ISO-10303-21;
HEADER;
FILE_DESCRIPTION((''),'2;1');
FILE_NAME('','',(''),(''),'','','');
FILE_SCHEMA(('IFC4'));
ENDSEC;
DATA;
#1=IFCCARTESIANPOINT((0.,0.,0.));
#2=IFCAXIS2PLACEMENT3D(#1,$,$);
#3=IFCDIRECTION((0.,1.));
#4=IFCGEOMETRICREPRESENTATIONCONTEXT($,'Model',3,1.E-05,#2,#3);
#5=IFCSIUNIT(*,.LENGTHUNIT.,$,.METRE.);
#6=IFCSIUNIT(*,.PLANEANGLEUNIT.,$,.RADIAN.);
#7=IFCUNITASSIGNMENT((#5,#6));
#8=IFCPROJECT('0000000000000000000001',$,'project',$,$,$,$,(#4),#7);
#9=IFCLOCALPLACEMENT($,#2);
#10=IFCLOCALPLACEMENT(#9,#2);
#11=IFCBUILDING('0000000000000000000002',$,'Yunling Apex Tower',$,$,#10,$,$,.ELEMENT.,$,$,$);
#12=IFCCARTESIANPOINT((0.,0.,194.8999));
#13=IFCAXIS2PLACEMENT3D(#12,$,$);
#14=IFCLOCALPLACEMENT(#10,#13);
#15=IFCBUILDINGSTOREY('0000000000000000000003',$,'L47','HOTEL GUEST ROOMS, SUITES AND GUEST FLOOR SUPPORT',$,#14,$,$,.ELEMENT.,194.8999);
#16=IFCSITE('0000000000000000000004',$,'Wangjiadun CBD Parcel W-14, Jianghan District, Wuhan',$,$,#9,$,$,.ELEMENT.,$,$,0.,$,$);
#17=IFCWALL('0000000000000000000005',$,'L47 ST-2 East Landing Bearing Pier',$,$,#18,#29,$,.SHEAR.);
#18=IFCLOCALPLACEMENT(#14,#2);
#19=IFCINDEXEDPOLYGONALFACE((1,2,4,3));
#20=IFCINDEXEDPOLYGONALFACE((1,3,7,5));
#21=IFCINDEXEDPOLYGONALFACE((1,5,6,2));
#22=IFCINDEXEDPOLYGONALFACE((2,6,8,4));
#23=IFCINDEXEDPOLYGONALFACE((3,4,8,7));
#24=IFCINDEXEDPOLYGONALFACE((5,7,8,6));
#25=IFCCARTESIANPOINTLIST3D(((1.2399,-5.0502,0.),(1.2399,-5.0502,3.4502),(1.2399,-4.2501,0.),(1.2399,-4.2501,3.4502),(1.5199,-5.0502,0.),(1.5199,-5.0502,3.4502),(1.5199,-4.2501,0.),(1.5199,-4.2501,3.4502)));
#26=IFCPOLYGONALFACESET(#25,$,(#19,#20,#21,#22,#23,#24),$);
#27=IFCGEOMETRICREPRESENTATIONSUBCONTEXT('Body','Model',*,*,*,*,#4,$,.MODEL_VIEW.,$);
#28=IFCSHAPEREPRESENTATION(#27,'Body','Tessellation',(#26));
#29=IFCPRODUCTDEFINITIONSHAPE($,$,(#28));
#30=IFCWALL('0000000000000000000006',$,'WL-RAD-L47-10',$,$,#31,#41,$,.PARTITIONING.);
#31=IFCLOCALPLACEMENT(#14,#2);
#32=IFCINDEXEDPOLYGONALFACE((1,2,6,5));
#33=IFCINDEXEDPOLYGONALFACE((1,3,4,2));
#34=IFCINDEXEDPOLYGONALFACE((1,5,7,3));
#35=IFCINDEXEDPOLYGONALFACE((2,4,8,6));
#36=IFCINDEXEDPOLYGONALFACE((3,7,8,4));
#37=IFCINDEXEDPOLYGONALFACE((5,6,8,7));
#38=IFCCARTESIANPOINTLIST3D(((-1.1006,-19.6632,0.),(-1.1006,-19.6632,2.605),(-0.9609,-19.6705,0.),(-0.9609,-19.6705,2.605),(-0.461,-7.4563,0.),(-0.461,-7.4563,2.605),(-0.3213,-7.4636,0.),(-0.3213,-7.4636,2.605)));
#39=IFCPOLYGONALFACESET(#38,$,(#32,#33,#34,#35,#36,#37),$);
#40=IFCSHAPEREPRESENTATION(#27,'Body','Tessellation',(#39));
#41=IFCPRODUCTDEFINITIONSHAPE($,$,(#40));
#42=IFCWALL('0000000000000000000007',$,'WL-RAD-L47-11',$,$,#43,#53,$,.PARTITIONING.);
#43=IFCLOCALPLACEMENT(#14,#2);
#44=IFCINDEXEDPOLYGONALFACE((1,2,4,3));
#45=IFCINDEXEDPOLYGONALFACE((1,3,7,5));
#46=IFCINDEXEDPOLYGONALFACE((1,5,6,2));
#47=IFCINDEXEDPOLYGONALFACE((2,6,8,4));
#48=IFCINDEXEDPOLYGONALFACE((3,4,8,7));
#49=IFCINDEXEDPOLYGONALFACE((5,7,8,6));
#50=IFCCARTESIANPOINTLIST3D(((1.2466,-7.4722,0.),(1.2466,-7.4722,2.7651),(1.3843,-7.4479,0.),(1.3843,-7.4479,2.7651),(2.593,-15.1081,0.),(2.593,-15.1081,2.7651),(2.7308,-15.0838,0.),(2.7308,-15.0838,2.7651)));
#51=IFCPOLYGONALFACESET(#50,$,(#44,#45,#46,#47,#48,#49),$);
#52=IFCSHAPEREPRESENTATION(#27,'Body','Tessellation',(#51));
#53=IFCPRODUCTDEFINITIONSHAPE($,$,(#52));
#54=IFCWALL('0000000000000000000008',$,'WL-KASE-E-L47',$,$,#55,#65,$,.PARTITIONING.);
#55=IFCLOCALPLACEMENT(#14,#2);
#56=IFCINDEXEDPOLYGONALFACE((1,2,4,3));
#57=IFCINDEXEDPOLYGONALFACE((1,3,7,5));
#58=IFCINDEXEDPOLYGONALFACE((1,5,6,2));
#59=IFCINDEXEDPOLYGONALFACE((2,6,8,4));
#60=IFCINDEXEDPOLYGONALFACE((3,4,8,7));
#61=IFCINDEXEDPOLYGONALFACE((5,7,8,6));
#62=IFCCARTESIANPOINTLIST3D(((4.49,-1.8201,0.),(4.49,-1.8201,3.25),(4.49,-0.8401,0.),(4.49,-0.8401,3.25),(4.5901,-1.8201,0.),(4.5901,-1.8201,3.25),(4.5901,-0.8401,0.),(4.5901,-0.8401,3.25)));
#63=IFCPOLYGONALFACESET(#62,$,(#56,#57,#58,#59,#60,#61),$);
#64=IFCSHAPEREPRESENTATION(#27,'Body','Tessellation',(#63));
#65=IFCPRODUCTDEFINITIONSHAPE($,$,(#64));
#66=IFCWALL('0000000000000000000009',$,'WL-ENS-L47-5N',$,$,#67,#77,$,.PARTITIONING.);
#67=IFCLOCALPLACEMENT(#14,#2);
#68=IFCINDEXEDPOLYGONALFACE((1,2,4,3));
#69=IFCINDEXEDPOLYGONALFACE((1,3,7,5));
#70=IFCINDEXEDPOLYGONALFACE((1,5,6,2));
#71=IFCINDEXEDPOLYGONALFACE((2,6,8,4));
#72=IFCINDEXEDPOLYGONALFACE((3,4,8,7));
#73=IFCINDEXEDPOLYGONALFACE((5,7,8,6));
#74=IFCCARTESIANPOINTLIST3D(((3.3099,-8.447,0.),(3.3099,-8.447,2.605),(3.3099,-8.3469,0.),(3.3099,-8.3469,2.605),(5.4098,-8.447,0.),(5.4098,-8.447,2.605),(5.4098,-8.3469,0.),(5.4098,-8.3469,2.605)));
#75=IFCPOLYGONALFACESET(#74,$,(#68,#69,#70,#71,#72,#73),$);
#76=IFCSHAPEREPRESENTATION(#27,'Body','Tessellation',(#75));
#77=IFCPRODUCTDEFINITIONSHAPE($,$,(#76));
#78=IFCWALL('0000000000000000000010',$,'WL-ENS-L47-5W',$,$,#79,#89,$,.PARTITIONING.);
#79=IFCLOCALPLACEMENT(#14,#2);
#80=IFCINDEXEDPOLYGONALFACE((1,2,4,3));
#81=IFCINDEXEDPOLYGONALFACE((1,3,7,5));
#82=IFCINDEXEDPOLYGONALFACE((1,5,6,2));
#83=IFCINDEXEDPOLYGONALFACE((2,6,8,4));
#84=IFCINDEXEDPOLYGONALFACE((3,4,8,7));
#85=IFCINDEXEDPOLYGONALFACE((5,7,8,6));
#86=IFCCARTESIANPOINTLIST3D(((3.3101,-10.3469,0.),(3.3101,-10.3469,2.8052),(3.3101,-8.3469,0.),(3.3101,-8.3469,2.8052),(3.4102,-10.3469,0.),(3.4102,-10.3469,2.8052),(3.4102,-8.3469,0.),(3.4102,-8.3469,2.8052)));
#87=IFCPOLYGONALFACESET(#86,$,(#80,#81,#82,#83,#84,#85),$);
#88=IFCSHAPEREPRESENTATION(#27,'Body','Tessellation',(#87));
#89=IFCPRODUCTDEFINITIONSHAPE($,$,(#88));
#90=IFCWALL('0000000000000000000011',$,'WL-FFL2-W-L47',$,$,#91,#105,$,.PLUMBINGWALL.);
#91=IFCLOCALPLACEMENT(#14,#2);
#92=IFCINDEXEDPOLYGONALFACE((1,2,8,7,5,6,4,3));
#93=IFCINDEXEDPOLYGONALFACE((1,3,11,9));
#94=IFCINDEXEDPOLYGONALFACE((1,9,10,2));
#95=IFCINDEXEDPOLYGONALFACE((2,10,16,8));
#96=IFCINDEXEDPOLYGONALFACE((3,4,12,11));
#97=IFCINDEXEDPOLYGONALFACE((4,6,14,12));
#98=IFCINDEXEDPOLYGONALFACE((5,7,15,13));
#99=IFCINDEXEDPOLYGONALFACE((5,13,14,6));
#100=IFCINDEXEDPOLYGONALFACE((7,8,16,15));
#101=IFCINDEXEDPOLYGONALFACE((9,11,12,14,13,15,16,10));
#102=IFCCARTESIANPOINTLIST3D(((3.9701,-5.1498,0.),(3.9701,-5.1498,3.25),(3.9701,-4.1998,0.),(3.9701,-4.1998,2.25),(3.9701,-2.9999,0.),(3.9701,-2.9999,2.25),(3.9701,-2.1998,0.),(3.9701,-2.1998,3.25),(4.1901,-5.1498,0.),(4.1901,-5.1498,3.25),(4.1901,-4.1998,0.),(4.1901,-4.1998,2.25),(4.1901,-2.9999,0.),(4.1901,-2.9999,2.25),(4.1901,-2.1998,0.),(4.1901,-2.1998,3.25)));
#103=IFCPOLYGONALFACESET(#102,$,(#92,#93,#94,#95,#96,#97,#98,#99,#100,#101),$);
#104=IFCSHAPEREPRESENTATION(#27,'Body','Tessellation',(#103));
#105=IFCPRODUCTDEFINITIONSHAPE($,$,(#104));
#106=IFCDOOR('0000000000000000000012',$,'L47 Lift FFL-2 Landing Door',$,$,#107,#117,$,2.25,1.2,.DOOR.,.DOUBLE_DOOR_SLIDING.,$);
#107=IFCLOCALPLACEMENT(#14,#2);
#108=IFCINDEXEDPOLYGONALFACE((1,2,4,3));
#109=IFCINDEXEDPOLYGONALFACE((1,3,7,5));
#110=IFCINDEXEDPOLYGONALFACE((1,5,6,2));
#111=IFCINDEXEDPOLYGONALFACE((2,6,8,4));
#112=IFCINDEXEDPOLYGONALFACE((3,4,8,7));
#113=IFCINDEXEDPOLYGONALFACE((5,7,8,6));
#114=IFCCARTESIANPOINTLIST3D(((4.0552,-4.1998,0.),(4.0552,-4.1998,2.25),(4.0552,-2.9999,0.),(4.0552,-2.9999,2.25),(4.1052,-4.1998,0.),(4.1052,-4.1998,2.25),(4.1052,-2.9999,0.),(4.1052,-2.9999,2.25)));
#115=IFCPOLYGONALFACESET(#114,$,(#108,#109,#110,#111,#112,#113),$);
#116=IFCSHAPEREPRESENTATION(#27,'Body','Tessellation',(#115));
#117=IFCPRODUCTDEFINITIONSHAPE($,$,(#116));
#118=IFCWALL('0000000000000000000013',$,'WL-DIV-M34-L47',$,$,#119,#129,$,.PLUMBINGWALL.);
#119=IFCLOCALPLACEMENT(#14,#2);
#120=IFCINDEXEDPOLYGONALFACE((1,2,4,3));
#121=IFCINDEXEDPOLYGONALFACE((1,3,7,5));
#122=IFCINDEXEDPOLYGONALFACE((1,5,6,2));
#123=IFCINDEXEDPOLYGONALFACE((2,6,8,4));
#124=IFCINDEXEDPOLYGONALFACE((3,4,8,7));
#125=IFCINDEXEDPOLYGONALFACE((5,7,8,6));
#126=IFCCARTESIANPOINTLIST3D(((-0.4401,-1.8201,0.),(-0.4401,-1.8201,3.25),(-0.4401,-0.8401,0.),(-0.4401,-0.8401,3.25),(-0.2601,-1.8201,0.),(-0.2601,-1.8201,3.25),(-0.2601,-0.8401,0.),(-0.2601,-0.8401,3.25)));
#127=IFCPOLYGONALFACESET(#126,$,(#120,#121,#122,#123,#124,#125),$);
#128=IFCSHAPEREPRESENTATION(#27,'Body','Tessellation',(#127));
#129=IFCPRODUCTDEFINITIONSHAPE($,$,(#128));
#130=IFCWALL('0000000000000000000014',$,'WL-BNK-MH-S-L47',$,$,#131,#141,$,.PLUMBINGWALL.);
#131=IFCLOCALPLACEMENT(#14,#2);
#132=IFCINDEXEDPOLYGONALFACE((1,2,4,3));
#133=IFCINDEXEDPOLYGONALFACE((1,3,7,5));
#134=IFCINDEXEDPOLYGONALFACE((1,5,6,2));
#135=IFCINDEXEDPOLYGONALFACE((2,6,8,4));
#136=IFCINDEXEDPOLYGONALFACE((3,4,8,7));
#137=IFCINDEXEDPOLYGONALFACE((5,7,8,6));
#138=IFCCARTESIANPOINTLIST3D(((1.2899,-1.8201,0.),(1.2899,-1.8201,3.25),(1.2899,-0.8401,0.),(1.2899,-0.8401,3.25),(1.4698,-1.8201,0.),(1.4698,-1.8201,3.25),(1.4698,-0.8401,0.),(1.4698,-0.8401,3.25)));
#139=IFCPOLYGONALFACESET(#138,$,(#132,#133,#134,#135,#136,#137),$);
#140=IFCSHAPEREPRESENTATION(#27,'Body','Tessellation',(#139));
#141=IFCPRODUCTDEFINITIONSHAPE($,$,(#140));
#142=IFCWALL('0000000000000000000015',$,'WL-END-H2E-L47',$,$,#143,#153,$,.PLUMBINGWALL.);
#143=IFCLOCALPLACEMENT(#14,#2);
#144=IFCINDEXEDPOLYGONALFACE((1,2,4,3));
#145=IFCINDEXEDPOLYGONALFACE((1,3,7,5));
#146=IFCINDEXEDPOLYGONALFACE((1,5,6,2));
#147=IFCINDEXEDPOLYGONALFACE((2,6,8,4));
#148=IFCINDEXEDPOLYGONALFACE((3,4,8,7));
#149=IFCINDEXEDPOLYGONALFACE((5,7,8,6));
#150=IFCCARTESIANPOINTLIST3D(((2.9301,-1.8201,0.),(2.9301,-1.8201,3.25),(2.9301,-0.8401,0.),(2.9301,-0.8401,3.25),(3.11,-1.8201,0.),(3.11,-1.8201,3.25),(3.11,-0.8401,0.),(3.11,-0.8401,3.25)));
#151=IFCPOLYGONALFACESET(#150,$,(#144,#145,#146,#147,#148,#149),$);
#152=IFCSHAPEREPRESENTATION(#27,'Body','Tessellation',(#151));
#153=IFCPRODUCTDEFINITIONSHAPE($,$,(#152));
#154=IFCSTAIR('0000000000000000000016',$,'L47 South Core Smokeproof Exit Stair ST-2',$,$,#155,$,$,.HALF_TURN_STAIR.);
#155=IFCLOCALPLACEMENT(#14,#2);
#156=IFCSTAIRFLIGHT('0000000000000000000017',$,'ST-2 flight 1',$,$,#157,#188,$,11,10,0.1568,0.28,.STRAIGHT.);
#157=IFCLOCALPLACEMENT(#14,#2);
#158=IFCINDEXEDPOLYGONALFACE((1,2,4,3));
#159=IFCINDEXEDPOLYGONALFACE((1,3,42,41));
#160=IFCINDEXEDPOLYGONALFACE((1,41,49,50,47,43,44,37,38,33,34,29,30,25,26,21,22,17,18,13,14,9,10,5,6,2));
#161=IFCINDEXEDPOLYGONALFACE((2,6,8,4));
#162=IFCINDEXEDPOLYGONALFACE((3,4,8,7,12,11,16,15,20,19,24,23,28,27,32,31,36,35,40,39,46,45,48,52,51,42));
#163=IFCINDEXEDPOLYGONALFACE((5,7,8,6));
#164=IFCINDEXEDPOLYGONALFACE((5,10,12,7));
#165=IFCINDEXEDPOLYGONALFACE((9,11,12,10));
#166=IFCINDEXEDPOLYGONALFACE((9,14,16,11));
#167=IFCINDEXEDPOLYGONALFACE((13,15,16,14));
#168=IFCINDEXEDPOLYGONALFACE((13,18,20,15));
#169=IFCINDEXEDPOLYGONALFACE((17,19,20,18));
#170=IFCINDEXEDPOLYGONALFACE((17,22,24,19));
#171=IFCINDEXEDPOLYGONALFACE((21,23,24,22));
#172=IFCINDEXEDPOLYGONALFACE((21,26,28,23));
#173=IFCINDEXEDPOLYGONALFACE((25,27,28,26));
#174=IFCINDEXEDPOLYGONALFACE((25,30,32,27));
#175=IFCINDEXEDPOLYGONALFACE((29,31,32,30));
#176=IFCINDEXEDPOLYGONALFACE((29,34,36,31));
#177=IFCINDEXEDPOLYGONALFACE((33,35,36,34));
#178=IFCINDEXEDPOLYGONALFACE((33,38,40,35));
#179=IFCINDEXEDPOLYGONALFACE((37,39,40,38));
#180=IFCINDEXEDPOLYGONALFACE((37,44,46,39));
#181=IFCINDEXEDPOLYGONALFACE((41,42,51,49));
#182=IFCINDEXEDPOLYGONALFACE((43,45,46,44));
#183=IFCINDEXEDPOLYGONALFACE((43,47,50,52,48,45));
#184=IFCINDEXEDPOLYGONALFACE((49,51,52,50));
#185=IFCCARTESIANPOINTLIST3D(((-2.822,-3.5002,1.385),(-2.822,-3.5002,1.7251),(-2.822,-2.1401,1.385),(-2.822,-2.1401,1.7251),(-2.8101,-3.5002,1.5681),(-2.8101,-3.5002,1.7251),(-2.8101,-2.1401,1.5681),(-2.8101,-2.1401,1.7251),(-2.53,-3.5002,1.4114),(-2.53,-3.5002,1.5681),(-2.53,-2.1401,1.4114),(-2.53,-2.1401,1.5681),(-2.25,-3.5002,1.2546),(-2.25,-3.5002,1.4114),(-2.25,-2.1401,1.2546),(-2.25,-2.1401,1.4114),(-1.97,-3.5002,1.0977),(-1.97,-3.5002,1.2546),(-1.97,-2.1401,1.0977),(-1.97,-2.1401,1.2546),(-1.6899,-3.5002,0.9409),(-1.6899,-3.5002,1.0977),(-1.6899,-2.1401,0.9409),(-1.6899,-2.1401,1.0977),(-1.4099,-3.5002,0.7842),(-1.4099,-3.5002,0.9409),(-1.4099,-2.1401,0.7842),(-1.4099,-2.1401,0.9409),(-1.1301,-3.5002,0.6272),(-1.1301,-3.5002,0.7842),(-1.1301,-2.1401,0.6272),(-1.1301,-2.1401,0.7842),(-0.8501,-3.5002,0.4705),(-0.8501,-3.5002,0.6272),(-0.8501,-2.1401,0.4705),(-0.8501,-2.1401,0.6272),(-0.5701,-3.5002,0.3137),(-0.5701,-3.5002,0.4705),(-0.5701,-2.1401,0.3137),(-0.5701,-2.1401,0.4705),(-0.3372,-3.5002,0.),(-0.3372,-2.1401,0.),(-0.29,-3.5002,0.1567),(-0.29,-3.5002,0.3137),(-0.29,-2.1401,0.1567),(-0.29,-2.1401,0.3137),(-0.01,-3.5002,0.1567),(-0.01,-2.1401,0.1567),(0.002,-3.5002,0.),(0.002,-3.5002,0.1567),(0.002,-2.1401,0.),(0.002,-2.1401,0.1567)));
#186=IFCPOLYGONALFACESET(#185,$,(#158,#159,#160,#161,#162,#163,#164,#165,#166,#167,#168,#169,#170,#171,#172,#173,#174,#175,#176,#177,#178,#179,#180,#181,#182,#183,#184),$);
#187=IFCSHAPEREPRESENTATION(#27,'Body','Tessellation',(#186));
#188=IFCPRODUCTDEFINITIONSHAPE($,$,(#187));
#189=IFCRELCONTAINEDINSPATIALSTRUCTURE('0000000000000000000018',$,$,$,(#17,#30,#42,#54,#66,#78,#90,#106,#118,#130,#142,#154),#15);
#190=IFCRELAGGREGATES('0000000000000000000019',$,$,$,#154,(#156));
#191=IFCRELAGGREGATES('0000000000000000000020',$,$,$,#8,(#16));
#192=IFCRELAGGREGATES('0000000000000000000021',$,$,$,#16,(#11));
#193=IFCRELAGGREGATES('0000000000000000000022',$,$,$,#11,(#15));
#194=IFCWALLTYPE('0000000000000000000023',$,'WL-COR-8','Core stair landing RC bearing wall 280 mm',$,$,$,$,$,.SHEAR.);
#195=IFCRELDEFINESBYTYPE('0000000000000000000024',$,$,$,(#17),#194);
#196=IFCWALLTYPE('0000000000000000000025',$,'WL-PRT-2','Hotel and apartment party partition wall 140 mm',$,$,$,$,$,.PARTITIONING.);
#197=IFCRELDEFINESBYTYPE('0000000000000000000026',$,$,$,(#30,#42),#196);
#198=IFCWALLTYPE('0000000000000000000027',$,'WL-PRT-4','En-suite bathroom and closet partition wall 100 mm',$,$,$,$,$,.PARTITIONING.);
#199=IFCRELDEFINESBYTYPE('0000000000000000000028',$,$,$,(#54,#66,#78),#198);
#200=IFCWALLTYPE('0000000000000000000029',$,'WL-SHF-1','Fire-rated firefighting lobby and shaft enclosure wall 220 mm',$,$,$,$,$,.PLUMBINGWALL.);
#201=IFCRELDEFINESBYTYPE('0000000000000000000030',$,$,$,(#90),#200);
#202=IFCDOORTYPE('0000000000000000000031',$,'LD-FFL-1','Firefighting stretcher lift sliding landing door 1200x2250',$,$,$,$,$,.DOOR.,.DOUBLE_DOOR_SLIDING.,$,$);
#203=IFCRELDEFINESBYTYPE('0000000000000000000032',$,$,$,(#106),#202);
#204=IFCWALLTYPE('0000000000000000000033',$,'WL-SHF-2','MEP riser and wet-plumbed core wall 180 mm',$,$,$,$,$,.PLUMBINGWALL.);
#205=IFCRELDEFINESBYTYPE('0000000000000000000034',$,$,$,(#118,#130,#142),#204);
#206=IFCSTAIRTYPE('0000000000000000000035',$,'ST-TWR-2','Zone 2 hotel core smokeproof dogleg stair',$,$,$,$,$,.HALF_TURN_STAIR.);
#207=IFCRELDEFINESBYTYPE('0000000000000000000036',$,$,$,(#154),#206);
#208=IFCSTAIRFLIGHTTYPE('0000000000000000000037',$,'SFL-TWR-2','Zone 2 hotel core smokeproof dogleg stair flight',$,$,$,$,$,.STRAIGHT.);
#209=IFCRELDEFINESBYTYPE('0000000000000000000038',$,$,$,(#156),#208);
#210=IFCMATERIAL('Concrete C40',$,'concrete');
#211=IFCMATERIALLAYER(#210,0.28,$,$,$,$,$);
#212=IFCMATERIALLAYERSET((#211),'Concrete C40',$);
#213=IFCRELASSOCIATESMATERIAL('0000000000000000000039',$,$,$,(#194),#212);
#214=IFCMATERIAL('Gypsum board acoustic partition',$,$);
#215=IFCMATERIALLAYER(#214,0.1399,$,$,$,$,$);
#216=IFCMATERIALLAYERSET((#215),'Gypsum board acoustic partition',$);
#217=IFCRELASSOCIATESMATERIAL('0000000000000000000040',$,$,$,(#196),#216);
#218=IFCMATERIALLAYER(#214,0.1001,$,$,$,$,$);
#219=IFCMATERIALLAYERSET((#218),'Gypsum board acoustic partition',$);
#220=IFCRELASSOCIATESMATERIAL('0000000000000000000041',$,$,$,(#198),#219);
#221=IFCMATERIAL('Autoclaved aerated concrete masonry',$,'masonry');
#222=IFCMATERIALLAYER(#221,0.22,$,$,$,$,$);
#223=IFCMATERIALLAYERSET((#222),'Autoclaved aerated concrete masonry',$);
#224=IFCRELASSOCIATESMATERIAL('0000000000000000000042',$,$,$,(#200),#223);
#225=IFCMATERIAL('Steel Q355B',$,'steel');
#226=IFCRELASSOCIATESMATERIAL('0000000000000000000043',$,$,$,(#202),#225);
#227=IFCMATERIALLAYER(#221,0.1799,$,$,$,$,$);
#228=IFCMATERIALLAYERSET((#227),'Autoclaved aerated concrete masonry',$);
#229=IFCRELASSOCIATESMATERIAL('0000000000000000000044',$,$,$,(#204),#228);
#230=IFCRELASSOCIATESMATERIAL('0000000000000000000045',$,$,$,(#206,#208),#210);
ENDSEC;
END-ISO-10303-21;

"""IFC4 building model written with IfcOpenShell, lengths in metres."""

from ifc_helpers import new_model, si_unit, direction, frame, frame_2d, origin, place, context, subcontext, project, spatial, polyline, rectangle, outline, extrude, material, layer, layer_set, type_object, element, fill, aggregate, save


model = new_model("IFC4")

# Units and contexts
model_context = context("Model", 3, precision=1e-05, world=origin(), true_north=direction((0.0, 1.0)))
body_context = subcontext(model_context, "Body", "Model", "MODEL_VIEW")
ifc_project = project(units=[si_unit("LENGTHUNIT", "METRE"), si_unit("PLANEANGLEUNIT", "RADIAN")], contexts=[model_context])

# Site, building, storey
site_placement = place(None, origin())
site = spatial("IfcSite", under=ifc_project, at=site_placement, Name="Wangjiadun CBD Parcel W-14, Jianghan District, Wuhan", CompositionType="ELEMENT", RefElevation=0.0)
building_placement = place(site_placement, origin())
building = spatial("IfcBuilding", under=site, at=building_placement, Name="Yunling Apex Tower", CompositionType="ELEMENT")
storey_placement = place(building_placement, frame((0.0, 0.0, 194.8999)))
storey = spatial("IfcBuildingStorey", under=building, at=storey_placement, Name="L47", Description="HOTEL GUEST ROOMS, SUITES AND GUEST FLOOR SUPPORT", CompositionType="ELEMENT", Elevation=194.8999)

# Walls
ifc_material_1 = material(Name="Concrete C40", Category="concrete")
ifc_layer_1 = layer(ifc_material_1, 0.28)
ifc_layer_set_1 = layer_set([ifc_layer_1], Name="Concrete C40")
wall_type_1 = type_object("IfcWallType", Name="WL-COR-8", Description="Core stair landing RC bearing wall 280 mm", PredefinedType="SHEAR", material=ifc_layer_set_1)
wall_1_placement = place(storey_placement, frame((1.3799, -5.05, 0.0), z_axis=(0.0, 0.0, 1.0), x_axis=(0.0, 1.0, 0.0)))
element("IfcWall", 1, at=wall_1_placement, inside=storey, type_object=wall_type_1, Name="L47 ST-2 East Landing Bearing Pier", PredefinedType="SHEAR", context=body_context, shape_type="SweptSolid", body=[
    extrude(rectangle(XDim=0.8, YDim=0.28, at=frame_2d((0.3999, 0.0))), origin(), (0.0, 0.0, 1.0), 3.4502),
])
ifc_material_2 = material(Name="Gypsum board acoustic partition")
ifc_layer_2 = layer(ifc_material_2, 0.1399)
ifc_layer_set_2 = layer_set([ifc_layer_2], Name="Gypsum board acoustic partition")
wall_type_2 = type_object("IfcWallType", Name="WL-PRT-2", Description="Hotel and apartment party partition wall 140 mm", PredefinedType="PARTITIONING", material=ifc_layer_set_2)
wall_2_placement = place(storey_placement, frame((-0.3911, -7.46, 0.0), z_axis=(0.0, 0.0, 1.0), x_axis=(-0.052329, -0.99863, 0.0)))
element("IfcWall", 2, at=wall_2_placement, inside=storey, type_object=wall_type_2, Name="WL-RAD-L47-10", PredefinedType="PARTITIONING", context=body_context, shape_type="SweptSolid", body=[
    extrude(rectangle(XDim=12.2236, YDim=0.1399, at=frame_2d((6.1118, 0.0))), origin(), (0.0, 0.0, 1.0), 2.605),
])
wall_3_placement = place(storey_placement, frame((1.3154, -7.46, 0.0), z_axis=(0.0, 0.0, 1.0), x_axis=(0.173654, -0.984807, 0.0)))
element("IfcWall", 3, at=wall_3_placement, inside=storey, type_object=wall_type_2, Name="WL-RAD-L47-11", PredefinedType="PARTITIONING", context=body_context, shape_type="SweptSolid", body=[
    extrude(rectangle(XDim=7.7537, YDim=0.1399, at=frame_2d((3.877, 0.0))), origin(), (0.0, 0.0, 1.0), 2.7651),
])
ifc_layer_3 = layer(ifc_material_2, 0.1001)
ifc_layer_set_3 = layer_set([ifc_layer_3], Name="Gypsum board acoustic partition")
wall_type_3 = type_object("IfcWallType", Name="WL-PRT-4", Description="En-suite bathroom and closet partition wall 100 mm", PredefinedType="PARTITIONING", material=ifc_layer_set_3)
wall_4_placement = place(storey_placement, frame((4.54, -1.8201, 0.0), z_axis=(0.0, 0.0, 1.0), x_axis=(0.0, 1.0, 0.0)))
element("IfcWall", 4, at=wall_4_placement, inside=storey, type_object=wall_type_3, Name="WL-KASE-E-L47", PredefinedType="PARTITIONING", context=body_context, shape_type="SweptSolid", body=[
    extrude(rectangle(XDim=0.98, YDim=0.1001, at=frame_2d((0.49, 0.0))), origin(), (0.0, 0.0, 1.0), 3.25),
])
wall_5_placement = place(storey_placement, frame((3.3101, -8.397, 0.0), z_axis=(0.0, 0.0, 1.0), x_axis=(1.0, 0.0, 0.0)))
element("IfcWall", 5, at=wall_5_placement, inside=storey, type_object=wall_type_3, Name="WL-ENS-L47-5N", PredefinedType="PARTITIONING", context=body_context, shape_type="SweptSolid", body=[
    extrude(rectangle(XDim=2.0999, YDim=0.1001, at=frame_2d((1.0498, 0.0))), origin(), (0.0, 0.0, 1.0), 2.605),
])
wall_6_placement = place(storey_placement, frame((3.3601, -10.3469, 0.0), z_axis=(0.0, 0.0, 1.0), x_axis=(0.0, 1.0, 0.0)))
element("IfcWall", 6, at=wall_6_placement, inside=storey, type_object=wall_type_3, Name="WL-ENS-L47-5W", PredefinedType="PARTITIONING", context=body_context, shape_type="SweptSolid", body=[
    extrude(rectangle(XDim=2.0, YDim=0.1001, at=frame_2d((1.0, 0.0))), origin(), (0.0, 0.0, 1.0), 2.8052),
])

# Wall, opening, door
ifc_material_3 = material(Name="Autoclaved aerated concrete masonry", Category="masonry")
ifc_layer_4 = layer(ifc_material_3, 0.22)
ifc_layer_set_4 = layer_set([ifc_layer_4], Name="Autoclaved aerated concrete masonry")
wall_type_4 = type_object("IfcWallType", Name="WL-SHF-1", Description="Fire-rated firefighting lobby and shaft enclosure wall 220 mm", PredefinedType="PLUMBINGWALL", material=ifc_layer_set_4)
ifc_material_4 = material(Name="Steel Q355B", Category="steel")
wall_7_placement = place(storey_placement, frame((4.0801, -5.1499, 0.0), z_axis=(0.0, 0.0, 1.0), x_axis=(0.0, 1.0, 0.0)))
wall_7 = element("IfcWall", 7, at=wall_7_placement, inside=storey, type_object=wall_type_4, Name="WL-FFL2-W-L47", PredefinedType="PLUMBINGWALL", context=body_context, shape_type="SweptSolid", body=[
    extrude(rectangle(XDim=2.95, YDim=0.22, at=frame_2d((1.4751, 0.0))), origin(), (0.0, 0.0, 1.0), 3.25),
])
opening_1_placement = place(wall_7_placement, frame((0.95, 0.0, 0.0)))
opening_1 = element("IfcOpeningElement", 8, at=opening_1_placement, cuts=wall_7, PredefinedType="OPENING", context=body_context, shape_type="SweptSolid", body=[
    extrude(rectangle(XDim=1.2, YDim=2.25, at=frame_2d((0.6001, 1.125))), frame((0.0, 0.1201, 0.0), z_axis=(0.0, -1.0, 0.0), x_axis=(1.0, 0.0, 0.0)), (0.0, 0.0, 1.0), 0.24),
])
door_type_1 = type_object("IfcDoorType", Name="LD-FFL-1", Description="Firefighting stretcher lift sliding landing door 1200x2250", OperationType="DOUBLE_DOOR_SLIDING", PredefinedType="DOOR", material=ifc_material_4)
door_1_placement = place(opening_1_placement, origin())
door_1 = element("IfcDoor", 9, at=door_1_placement, inside=storey, type_object=door_type_1, Name="L47 Lift FFL-2 Landing Door", OperationType="DOUBLE_DOOR_SLIDING", OverallHeight=2.25, OverallWidth=1.2, PredefinedType="DOOR", context=body_context, shape_type="SweptSolid", body=[
    extrude(rectangle(XDim=1.2, YDim=2.25, at=frame_2d((0.6001, 1.125))), frame((0.0, 0.0249, 0.0), z_axis=(0.0, -1.0, 0.0), x_axis=(1.0, 0.0, 0.0)), (0.0, 0.0, 1.0), 0.05),
])
fill(opening_1, door_1)

# Walls
ifc_layer_5 = layer(ifc_material_3, 0.1799)
ifc_layer_set_5 = layer_set([ifc_layer_5], Name="Autoclaved aerated concrete masonry")
wall_type_5 = type_object("IfcWallType", Name="WL-SHF-2", Description="MEP riser and wet-plumbed core wall 180 mm", PredefinedType="PLUMBINGWALL", material=ifc_layer_set_5)
for number, where, z_axis, x_axis, name in (
    (10, (-0.3501, -1.8201, 0.0), (0.0, 0.0, 1.0), (0.0, 1.0, 0.0), "WL-DIV-M34-L47"),
    (11, (1.3799, -1.8201, 0.0), (0.0, 0.0, 1.0), (0.0, 1.0, 0.0), "WL-BNK-MH-S-L47"),
    (12, (3.02, -1.8201, 0.0), (0.0, 0.0, 1.0), (0.0, 1.0, 0.0), "WL-END-H2E-L47"),
):
    element("IfcWall", number, at=place(storey_placement, frame(where, z_axis=z_axis, x_axis=x_axis)), inside=storey, type_object=wall_type_5, Name=name, PredefinedType="PLUMBINGWALL", context=body_context, shape_type="SweptSolid", body=[
        extrude(rectangle(XDim=0.98, YDim=0.1799, at=frame_2d((0.49, 0.0))), origin(), (0.0, 0.0, 1.0), 3.25),
    ])

# Stair, stair flight
stair_type = type_object("IfcStairType", Name="ST-TWR-2", Description="Zone 2 hotel core smokeproof dogleg stair", PredefinedType="HALF_TURN_STAIR", material=ifc_material_1)
stair_placement = place(storey_placement, origin())
stair = element("IfcStair", 13, at=stair_placement, inside=storey, type_object=stair_type, Name="L47 South Core Smokeproof Exit Stair ST-2", PredefinedType="HALF_TURN_STAIR")
stair_flight_type = type_object("IfcStairFlightType", Name="SFL-TWR-2", Description="Zone 2 hotel core smokeproof dogleg stair flight", PredefinedType="STRAIGHT", material=ifc_material_1)
stair_flight_placement = place(storey_placement, frame((-0.01, -2.8201, 0.0), z_axis=(0.0, 0.0, 1.0), x_axis=(-1.0, 0.0, 0.0)))
stair_flight = element("IfcStairFlight", 14, at=stair_flight_placement, type_object=stair_flight_type, Name="ST-2 flight 1", NumberOfRisers=11, NumberOfTreads=10, PredefinedType="STRAIGHT", RiserHeight=0.1568, TreadLength=0.28, context=body_context, shape_type="SweptSolid", body=[
    extrude(outline(polyline([(-0.012, 0.0), (-0.012, 0.1567), (0.0, 0.1567), (0.28, 0.1567), (0.28, 0.3137), (0.5601, 0.3137), (0.5601, 0.4705), (0.8401, 0.4705), (0.8401, 0.6272), (1.1201, 0.6272), (1.1201, 0.7842), (1.3999, 0.7842), (1.3999, 0.9409), (1.6799, 0.9409), (1.6799, 1.0977), (1.96, 1.0977), (1.96, 1.2546), (2.24, 1.2546), (2.24, 1.4114), (2.52, 1.4114), (2.52, 1.5681), (2.8, 1.5681), (2.8, 1.7251), (2.812, 1.7251), (2.812, 1.385), (0.3271, 0.0), (-0.012, 0.0)])), frame((0.0, 0.6802, 0.0), z_axis=(0.0, -1.0, 0.0), x_axis=(1.0, 0.0, 0.0)), (0.0, 0.0, 1.0), 1.3601),
])
aggregate(stair, [stair_flight])

save(model, "model.ifc")
